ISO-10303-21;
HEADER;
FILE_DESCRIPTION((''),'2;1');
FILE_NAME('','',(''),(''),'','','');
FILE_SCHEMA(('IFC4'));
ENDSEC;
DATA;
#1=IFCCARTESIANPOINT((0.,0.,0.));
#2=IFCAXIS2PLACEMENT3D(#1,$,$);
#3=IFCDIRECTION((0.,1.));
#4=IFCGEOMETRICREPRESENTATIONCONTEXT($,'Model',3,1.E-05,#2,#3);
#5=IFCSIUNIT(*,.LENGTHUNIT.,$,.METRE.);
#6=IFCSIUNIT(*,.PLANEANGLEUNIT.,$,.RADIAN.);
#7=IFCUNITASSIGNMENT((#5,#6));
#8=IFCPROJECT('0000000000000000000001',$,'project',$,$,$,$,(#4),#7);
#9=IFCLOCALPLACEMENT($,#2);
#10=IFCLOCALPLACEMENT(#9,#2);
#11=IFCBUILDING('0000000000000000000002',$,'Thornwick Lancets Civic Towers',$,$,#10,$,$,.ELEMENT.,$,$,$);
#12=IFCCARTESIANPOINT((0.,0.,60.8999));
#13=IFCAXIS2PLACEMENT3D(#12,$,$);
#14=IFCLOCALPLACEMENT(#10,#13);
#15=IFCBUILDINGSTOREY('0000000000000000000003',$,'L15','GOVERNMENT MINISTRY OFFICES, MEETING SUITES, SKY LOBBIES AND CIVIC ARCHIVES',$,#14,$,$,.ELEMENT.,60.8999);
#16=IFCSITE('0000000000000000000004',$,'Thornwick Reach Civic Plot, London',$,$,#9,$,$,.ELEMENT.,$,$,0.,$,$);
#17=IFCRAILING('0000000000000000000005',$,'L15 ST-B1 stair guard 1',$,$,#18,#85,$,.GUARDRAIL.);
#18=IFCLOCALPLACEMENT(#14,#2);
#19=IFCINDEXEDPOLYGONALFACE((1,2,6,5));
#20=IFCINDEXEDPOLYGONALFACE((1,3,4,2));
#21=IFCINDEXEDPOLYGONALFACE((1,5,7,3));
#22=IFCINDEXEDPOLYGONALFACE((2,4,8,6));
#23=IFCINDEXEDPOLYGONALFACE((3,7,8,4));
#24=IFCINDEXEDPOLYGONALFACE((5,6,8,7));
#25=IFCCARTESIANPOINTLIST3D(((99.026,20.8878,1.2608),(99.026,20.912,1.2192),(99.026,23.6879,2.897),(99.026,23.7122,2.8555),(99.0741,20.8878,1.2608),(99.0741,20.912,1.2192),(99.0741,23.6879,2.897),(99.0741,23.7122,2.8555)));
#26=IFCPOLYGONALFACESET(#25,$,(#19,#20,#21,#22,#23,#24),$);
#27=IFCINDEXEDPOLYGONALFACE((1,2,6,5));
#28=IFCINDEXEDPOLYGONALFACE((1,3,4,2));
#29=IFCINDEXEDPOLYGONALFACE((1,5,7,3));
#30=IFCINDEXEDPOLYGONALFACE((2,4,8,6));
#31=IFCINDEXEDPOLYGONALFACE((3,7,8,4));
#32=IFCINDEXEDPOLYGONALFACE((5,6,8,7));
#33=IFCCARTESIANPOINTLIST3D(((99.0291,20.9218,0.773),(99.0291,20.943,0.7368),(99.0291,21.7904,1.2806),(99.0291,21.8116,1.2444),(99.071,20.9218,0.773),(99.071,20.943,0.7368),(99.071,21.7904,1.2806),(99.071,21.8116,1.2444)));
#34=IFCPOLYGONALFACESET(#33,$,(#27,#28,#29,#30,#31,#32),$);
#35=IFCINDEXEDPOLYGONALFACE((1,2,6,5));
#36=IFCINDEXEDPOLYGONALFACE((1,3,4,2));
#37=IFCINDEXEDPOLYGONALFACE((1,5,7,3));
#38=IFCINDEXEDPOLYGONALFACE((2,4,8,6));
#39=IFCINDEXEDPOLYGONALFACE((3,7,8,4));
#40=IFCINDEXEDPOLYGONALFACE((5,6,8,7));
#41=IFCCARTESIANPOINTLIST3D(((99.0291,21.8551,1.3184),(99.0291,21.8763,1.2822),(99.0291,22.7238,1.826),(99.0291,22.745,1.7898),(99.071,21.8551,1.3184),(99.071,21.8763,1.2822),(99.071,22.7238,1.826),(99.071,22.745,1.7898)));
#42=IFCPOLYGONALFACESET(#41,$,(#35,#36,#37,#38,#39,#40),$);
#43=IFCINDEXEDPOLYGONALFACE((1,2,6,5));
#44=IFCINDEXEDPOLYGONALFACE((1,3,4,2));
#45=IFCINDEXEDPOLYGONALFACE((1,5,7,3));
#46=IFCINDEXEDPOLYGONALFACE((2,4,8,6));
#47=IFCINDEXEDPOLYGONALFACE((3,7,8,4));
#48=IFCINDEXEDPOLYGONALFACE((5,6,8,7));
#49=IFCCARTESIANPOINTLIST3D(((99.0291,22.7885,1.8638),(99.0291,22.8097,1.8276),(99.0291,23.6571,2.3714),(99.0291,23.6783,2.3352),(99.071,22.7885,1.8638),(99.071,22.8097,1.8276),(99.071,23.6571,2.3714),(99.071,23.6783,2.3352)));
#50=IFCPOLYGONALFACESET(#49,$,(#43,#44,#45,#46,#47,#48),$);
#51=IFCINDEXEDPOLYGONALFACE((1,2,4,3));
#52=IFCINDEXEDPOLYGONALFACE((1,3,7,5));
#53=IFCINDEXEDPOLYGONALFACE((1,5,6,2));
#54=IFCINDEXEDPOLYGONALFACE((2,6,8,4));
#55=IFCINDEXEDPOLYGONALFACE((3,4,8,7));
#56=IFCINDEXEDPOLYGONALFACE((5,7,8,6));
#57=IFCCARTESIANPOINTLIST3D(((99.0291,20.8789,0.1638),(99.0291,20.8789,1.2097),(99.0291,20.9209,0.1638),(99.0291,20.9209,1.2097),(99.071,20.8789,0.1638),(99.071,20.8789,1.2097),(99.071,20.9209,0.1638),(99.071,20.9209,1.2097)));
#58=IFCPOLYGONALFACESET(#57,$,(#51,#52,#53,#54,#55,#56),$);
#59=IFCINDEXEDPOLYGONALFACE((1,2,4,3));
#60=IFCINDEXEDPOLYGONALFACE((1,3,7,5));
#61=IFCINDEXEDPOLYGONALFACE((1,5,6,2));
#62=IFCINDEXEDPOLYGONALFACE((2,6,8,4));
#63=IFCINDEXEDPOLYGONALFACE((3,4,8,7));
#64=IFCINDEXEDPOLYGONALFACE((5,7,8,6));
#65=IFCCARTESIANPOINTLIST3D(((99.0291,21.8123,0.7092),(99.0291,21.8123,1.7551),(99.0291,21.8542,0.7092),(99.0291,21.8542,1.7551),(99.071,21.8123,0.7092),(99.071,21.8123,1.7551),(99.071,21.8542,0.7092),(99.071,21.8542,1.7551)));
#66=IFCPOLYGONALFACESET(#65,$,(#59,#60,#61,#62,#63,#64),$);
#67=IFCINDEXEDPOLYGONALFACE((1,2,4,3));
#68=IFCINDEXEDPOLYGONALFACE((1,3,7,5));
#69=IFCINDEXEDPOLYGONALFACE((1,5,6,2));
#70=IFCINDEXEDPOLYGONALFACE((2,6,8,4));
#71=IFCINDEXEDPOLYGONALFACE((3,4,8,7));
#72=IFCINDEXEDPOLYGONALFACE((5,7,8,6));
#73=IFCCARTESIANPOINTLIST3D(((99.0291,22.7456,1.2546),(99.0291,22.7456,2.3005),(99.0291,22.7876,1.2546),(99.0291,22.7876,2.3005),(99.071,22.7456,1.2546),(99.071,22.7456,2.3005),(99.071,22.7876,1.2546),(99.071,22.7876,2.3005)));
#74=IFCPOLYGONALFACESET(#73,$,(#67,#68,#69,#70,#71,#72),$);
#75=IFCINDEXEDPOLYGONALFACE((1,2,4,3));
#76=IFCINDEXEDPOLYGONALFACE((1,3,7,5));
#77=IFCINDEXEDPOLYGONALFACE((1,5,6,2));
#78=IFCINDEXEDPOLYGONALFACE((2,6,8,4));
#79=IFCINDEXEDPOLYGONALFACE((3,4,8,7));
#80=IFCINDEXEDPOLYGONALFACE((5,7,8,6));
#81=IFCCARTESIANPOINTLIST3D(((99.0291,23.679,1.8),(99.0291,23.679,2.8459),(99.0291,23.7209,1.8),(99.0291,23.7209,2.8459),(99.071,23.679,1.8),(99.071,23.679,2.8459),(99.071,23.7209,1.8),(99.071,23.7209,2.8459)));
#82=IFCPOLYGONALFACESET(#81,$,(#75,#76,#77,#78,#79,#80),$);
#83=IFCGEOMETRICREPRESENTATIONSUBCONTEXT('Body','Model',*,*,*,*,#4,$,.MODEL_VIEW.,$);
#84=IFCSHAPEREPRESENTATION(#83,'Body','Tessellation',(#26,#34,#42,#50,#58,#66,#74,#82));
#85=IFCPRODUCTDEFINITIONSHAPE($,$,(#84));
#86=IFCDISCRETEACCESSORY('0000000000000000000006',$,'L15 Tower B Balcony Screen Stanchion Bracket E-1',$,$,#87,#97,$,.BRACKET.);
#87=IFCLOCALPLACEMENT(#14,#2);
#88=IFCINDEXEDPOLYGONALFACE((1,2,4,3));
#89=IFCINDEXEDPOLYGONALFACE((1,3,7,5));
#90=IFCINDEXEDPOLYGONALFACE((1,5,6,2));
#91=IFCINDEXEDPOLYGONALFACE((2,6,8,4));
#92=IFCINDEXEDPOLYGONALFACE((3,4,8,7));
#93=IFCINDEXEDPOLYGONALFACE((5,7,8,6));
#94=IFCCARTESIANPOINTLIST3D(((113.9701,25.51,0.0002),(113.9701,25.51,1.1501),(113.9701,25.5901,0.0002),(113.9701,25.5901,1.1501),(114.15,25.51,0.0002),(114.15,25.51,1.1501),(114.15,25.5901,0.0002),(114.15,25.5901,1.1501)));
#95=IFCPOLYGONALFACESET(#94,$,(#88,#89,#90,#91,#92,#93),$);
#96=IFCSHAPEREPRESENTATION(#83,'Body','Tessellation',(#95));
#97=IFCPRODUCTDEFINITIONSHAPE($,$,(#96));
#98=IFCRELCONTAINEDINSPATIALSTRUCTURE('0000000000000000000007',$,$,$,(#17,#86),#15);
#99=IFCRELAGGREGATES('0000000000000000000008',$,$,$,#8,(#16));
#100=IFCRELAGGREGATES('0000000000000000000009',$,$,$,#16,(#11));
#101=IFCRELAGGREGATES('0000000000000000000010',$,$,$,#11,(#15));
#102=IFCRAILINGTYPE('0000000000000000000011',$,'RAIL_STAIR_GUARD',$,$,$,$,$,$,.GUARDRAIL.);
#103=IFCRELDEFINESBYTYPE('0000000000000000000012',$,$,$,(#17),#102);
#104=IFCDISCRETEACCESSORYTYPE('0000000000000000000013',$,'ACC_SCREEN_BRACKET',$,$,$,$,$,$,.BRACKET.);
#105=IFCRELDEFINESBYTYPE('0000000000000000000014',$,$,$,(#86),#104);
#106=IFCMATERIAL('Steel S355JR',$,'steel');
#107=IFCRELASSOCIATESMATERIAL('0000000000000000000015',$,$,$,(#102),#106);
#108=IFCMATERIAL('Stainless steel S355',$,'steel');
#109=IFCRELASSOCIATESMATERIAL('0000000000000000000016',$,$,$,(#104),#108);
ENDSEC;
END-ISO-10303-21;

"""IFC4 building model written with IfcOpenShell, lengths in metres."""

from ifc_helpers import new_model, si_unit, direction, frame, origin, origin_2d, place, context, subcontext, project, spatial, rectangle, extrude, material, type_object, element, save


model = new_model("IFC4")

# Units and contexts
model_context = context("Model", 3, precision=1e-05, world=origin(), true_north=direction((0.0, 1.0)))
body_context = subcontext(model_context, "Body", "Model", "MODEL_VIEW")
ifc_project = project(units=[si_unit("LENGTHUNIT", "METRE"), si_unit("PLANEANGLEUNIT", "RADIAN")], contexts=[model_context])

# Site, building, storey
site_placement = place(None, origin())
site = spatial("IfcSite", under=ifc_project, at=site_placement, Name="Thornwick Reach Civic Plot, London", CompositionType="ELEMENT", RefElevation=0.0)
building_placement = place(site_placement, origin())
building = spatial("IfcBuilding", under=site, at=building_placement, Name="Thornwick Lancets Civic Towers", CompositionType="ELEMENT")
storey_placement = place(building_placement, frame((0.0, 0.0, 60.8999)))
storey = spatial("IfcBuildingStorey", under=building, at=storey_placement, Name="L15", Description="GOVERNMENT MINISTRY OFFICES, MEETING SUITES, SKY LOBBIES AND CIVIC ARCHIVES", CompositionType="ELEMENT", Elevation=60.8999)

# Shared definitions
ifc_material_1 = material(Name="Steel S355JR", Category="steel")

# Railing
railing_type_1 = type_object("IfcRailingType", Name="RAIL_STAIR_GUARD", PredefinedType="GUARDRAIL", material=ifc_material_1)
railing_1_placement = place(storey_placement, frame((99.05, 20.8999, 0.1638)))
element("IfcRailing", 1, at=railing_1_placement, inside=storey, type_object=railing_type_1, Name="L15 ST-B1 stair guard 1", PredefinedType="GUARDRAIL", context=body_context, shape_type="SweptSolid", body=[
    extrude(rectangle(XDim=0.0481, YDim=0.0481, at=origin_2d()), frame((0.0, 0.0, 1.0762), z_axis=(0.0, 0.863394, 0.504531), x_axis=(-1.0, 0.0, 0.0)), (0.0, 0.0, 1.0), 3.2432),
    extrude(rectangle(XDim=0.042, YDim=0.042, at=origin_2d()), frame((0.0, 0.0325, 0.5911), z_axis=(0.0, 0.863394, 0.504531), x_axis=(-1.0, 0.0, 0.0)), (0.0, 0.0, 1.0), 1.0061),
    extrude(rectangle(XDim=0.042, YDim=0.042, at=origin_2d()), frame((0.0, 0.9658, 1.1365), z_axis=(0.0, 0.863394, 0.504531), x_axis=(-1.0, 0.0, 0.0)), (0.0, 0.0, 1.0), 1.0061),
    extrude(rectangle(XDim=0.042, YDim=0.042, at=origin_2d()), frame((0.0, 1.8992, 1.6819), z_axis=(0.0, 0.863394, 0.504531), x_axis=(-1.0, 0.0, 0.0)), (0.0, 0.0, 1.0), 1.0061),
    extrude(rectangle(XDim=0.042, YDim=0.042, at=origin_2d()), origin(), (0.0, 0.0, 1.0), 1.0459),
    extrude(rectangle(XDim=0.042, YDim=0.042, at=origin_2d()), frame((0.0, 0.9333, 0.5454)), (0.0, 0.0, 1.0), 1.0459),
    extrude(rectangle(XDim=0.042, YDim=0.042, at=origin_2d()), frame((0.0, 1.8667, 1.0908)), (0.0, 0.0, 1.0), 1.0459),
    extrude(rectangle(XDim=0.042, YDim=0.042, at=origin_2d()), frame((0.0, 2.8, 1.6362)), (0.0, 0.0, 1.0), 1.0459),
])

# Discrete accessory
ifc_material_2 = material(Name="Stainless steel S355", Category="steel")
discrete_accessory_type = type_object("IfcDiscreteAccessoryType", Name="ACC_SCREEN_BRACKET", PredefinedType="BRACKET", material=ifc_material_2)
discrete_accessory_placement = place(storey_placement, frame((114.0601, 25.55, 0.0002), z_axis=(0.0, 0.0, 1.0), x_axis=(0.0, 1.0, 0.0)))
element("IfcDiscreteAccessory", 2, at=discrete_accessory_placement, inside=storey, type_object=discrete_accessory_type, Name="L15 Tower B Balcony Screen Stanchion Bracket E-1", PredefinedType="BRACKET", context=body_context, shape_type="SweptSolid", body=[
    extrude(rectangle(XDim=0.0801, YDim=0.1799, at=origin_2d()), origin(), (0.0, 0.0, 1.0), 1.1499),
])

save(model, "model.ifc")
